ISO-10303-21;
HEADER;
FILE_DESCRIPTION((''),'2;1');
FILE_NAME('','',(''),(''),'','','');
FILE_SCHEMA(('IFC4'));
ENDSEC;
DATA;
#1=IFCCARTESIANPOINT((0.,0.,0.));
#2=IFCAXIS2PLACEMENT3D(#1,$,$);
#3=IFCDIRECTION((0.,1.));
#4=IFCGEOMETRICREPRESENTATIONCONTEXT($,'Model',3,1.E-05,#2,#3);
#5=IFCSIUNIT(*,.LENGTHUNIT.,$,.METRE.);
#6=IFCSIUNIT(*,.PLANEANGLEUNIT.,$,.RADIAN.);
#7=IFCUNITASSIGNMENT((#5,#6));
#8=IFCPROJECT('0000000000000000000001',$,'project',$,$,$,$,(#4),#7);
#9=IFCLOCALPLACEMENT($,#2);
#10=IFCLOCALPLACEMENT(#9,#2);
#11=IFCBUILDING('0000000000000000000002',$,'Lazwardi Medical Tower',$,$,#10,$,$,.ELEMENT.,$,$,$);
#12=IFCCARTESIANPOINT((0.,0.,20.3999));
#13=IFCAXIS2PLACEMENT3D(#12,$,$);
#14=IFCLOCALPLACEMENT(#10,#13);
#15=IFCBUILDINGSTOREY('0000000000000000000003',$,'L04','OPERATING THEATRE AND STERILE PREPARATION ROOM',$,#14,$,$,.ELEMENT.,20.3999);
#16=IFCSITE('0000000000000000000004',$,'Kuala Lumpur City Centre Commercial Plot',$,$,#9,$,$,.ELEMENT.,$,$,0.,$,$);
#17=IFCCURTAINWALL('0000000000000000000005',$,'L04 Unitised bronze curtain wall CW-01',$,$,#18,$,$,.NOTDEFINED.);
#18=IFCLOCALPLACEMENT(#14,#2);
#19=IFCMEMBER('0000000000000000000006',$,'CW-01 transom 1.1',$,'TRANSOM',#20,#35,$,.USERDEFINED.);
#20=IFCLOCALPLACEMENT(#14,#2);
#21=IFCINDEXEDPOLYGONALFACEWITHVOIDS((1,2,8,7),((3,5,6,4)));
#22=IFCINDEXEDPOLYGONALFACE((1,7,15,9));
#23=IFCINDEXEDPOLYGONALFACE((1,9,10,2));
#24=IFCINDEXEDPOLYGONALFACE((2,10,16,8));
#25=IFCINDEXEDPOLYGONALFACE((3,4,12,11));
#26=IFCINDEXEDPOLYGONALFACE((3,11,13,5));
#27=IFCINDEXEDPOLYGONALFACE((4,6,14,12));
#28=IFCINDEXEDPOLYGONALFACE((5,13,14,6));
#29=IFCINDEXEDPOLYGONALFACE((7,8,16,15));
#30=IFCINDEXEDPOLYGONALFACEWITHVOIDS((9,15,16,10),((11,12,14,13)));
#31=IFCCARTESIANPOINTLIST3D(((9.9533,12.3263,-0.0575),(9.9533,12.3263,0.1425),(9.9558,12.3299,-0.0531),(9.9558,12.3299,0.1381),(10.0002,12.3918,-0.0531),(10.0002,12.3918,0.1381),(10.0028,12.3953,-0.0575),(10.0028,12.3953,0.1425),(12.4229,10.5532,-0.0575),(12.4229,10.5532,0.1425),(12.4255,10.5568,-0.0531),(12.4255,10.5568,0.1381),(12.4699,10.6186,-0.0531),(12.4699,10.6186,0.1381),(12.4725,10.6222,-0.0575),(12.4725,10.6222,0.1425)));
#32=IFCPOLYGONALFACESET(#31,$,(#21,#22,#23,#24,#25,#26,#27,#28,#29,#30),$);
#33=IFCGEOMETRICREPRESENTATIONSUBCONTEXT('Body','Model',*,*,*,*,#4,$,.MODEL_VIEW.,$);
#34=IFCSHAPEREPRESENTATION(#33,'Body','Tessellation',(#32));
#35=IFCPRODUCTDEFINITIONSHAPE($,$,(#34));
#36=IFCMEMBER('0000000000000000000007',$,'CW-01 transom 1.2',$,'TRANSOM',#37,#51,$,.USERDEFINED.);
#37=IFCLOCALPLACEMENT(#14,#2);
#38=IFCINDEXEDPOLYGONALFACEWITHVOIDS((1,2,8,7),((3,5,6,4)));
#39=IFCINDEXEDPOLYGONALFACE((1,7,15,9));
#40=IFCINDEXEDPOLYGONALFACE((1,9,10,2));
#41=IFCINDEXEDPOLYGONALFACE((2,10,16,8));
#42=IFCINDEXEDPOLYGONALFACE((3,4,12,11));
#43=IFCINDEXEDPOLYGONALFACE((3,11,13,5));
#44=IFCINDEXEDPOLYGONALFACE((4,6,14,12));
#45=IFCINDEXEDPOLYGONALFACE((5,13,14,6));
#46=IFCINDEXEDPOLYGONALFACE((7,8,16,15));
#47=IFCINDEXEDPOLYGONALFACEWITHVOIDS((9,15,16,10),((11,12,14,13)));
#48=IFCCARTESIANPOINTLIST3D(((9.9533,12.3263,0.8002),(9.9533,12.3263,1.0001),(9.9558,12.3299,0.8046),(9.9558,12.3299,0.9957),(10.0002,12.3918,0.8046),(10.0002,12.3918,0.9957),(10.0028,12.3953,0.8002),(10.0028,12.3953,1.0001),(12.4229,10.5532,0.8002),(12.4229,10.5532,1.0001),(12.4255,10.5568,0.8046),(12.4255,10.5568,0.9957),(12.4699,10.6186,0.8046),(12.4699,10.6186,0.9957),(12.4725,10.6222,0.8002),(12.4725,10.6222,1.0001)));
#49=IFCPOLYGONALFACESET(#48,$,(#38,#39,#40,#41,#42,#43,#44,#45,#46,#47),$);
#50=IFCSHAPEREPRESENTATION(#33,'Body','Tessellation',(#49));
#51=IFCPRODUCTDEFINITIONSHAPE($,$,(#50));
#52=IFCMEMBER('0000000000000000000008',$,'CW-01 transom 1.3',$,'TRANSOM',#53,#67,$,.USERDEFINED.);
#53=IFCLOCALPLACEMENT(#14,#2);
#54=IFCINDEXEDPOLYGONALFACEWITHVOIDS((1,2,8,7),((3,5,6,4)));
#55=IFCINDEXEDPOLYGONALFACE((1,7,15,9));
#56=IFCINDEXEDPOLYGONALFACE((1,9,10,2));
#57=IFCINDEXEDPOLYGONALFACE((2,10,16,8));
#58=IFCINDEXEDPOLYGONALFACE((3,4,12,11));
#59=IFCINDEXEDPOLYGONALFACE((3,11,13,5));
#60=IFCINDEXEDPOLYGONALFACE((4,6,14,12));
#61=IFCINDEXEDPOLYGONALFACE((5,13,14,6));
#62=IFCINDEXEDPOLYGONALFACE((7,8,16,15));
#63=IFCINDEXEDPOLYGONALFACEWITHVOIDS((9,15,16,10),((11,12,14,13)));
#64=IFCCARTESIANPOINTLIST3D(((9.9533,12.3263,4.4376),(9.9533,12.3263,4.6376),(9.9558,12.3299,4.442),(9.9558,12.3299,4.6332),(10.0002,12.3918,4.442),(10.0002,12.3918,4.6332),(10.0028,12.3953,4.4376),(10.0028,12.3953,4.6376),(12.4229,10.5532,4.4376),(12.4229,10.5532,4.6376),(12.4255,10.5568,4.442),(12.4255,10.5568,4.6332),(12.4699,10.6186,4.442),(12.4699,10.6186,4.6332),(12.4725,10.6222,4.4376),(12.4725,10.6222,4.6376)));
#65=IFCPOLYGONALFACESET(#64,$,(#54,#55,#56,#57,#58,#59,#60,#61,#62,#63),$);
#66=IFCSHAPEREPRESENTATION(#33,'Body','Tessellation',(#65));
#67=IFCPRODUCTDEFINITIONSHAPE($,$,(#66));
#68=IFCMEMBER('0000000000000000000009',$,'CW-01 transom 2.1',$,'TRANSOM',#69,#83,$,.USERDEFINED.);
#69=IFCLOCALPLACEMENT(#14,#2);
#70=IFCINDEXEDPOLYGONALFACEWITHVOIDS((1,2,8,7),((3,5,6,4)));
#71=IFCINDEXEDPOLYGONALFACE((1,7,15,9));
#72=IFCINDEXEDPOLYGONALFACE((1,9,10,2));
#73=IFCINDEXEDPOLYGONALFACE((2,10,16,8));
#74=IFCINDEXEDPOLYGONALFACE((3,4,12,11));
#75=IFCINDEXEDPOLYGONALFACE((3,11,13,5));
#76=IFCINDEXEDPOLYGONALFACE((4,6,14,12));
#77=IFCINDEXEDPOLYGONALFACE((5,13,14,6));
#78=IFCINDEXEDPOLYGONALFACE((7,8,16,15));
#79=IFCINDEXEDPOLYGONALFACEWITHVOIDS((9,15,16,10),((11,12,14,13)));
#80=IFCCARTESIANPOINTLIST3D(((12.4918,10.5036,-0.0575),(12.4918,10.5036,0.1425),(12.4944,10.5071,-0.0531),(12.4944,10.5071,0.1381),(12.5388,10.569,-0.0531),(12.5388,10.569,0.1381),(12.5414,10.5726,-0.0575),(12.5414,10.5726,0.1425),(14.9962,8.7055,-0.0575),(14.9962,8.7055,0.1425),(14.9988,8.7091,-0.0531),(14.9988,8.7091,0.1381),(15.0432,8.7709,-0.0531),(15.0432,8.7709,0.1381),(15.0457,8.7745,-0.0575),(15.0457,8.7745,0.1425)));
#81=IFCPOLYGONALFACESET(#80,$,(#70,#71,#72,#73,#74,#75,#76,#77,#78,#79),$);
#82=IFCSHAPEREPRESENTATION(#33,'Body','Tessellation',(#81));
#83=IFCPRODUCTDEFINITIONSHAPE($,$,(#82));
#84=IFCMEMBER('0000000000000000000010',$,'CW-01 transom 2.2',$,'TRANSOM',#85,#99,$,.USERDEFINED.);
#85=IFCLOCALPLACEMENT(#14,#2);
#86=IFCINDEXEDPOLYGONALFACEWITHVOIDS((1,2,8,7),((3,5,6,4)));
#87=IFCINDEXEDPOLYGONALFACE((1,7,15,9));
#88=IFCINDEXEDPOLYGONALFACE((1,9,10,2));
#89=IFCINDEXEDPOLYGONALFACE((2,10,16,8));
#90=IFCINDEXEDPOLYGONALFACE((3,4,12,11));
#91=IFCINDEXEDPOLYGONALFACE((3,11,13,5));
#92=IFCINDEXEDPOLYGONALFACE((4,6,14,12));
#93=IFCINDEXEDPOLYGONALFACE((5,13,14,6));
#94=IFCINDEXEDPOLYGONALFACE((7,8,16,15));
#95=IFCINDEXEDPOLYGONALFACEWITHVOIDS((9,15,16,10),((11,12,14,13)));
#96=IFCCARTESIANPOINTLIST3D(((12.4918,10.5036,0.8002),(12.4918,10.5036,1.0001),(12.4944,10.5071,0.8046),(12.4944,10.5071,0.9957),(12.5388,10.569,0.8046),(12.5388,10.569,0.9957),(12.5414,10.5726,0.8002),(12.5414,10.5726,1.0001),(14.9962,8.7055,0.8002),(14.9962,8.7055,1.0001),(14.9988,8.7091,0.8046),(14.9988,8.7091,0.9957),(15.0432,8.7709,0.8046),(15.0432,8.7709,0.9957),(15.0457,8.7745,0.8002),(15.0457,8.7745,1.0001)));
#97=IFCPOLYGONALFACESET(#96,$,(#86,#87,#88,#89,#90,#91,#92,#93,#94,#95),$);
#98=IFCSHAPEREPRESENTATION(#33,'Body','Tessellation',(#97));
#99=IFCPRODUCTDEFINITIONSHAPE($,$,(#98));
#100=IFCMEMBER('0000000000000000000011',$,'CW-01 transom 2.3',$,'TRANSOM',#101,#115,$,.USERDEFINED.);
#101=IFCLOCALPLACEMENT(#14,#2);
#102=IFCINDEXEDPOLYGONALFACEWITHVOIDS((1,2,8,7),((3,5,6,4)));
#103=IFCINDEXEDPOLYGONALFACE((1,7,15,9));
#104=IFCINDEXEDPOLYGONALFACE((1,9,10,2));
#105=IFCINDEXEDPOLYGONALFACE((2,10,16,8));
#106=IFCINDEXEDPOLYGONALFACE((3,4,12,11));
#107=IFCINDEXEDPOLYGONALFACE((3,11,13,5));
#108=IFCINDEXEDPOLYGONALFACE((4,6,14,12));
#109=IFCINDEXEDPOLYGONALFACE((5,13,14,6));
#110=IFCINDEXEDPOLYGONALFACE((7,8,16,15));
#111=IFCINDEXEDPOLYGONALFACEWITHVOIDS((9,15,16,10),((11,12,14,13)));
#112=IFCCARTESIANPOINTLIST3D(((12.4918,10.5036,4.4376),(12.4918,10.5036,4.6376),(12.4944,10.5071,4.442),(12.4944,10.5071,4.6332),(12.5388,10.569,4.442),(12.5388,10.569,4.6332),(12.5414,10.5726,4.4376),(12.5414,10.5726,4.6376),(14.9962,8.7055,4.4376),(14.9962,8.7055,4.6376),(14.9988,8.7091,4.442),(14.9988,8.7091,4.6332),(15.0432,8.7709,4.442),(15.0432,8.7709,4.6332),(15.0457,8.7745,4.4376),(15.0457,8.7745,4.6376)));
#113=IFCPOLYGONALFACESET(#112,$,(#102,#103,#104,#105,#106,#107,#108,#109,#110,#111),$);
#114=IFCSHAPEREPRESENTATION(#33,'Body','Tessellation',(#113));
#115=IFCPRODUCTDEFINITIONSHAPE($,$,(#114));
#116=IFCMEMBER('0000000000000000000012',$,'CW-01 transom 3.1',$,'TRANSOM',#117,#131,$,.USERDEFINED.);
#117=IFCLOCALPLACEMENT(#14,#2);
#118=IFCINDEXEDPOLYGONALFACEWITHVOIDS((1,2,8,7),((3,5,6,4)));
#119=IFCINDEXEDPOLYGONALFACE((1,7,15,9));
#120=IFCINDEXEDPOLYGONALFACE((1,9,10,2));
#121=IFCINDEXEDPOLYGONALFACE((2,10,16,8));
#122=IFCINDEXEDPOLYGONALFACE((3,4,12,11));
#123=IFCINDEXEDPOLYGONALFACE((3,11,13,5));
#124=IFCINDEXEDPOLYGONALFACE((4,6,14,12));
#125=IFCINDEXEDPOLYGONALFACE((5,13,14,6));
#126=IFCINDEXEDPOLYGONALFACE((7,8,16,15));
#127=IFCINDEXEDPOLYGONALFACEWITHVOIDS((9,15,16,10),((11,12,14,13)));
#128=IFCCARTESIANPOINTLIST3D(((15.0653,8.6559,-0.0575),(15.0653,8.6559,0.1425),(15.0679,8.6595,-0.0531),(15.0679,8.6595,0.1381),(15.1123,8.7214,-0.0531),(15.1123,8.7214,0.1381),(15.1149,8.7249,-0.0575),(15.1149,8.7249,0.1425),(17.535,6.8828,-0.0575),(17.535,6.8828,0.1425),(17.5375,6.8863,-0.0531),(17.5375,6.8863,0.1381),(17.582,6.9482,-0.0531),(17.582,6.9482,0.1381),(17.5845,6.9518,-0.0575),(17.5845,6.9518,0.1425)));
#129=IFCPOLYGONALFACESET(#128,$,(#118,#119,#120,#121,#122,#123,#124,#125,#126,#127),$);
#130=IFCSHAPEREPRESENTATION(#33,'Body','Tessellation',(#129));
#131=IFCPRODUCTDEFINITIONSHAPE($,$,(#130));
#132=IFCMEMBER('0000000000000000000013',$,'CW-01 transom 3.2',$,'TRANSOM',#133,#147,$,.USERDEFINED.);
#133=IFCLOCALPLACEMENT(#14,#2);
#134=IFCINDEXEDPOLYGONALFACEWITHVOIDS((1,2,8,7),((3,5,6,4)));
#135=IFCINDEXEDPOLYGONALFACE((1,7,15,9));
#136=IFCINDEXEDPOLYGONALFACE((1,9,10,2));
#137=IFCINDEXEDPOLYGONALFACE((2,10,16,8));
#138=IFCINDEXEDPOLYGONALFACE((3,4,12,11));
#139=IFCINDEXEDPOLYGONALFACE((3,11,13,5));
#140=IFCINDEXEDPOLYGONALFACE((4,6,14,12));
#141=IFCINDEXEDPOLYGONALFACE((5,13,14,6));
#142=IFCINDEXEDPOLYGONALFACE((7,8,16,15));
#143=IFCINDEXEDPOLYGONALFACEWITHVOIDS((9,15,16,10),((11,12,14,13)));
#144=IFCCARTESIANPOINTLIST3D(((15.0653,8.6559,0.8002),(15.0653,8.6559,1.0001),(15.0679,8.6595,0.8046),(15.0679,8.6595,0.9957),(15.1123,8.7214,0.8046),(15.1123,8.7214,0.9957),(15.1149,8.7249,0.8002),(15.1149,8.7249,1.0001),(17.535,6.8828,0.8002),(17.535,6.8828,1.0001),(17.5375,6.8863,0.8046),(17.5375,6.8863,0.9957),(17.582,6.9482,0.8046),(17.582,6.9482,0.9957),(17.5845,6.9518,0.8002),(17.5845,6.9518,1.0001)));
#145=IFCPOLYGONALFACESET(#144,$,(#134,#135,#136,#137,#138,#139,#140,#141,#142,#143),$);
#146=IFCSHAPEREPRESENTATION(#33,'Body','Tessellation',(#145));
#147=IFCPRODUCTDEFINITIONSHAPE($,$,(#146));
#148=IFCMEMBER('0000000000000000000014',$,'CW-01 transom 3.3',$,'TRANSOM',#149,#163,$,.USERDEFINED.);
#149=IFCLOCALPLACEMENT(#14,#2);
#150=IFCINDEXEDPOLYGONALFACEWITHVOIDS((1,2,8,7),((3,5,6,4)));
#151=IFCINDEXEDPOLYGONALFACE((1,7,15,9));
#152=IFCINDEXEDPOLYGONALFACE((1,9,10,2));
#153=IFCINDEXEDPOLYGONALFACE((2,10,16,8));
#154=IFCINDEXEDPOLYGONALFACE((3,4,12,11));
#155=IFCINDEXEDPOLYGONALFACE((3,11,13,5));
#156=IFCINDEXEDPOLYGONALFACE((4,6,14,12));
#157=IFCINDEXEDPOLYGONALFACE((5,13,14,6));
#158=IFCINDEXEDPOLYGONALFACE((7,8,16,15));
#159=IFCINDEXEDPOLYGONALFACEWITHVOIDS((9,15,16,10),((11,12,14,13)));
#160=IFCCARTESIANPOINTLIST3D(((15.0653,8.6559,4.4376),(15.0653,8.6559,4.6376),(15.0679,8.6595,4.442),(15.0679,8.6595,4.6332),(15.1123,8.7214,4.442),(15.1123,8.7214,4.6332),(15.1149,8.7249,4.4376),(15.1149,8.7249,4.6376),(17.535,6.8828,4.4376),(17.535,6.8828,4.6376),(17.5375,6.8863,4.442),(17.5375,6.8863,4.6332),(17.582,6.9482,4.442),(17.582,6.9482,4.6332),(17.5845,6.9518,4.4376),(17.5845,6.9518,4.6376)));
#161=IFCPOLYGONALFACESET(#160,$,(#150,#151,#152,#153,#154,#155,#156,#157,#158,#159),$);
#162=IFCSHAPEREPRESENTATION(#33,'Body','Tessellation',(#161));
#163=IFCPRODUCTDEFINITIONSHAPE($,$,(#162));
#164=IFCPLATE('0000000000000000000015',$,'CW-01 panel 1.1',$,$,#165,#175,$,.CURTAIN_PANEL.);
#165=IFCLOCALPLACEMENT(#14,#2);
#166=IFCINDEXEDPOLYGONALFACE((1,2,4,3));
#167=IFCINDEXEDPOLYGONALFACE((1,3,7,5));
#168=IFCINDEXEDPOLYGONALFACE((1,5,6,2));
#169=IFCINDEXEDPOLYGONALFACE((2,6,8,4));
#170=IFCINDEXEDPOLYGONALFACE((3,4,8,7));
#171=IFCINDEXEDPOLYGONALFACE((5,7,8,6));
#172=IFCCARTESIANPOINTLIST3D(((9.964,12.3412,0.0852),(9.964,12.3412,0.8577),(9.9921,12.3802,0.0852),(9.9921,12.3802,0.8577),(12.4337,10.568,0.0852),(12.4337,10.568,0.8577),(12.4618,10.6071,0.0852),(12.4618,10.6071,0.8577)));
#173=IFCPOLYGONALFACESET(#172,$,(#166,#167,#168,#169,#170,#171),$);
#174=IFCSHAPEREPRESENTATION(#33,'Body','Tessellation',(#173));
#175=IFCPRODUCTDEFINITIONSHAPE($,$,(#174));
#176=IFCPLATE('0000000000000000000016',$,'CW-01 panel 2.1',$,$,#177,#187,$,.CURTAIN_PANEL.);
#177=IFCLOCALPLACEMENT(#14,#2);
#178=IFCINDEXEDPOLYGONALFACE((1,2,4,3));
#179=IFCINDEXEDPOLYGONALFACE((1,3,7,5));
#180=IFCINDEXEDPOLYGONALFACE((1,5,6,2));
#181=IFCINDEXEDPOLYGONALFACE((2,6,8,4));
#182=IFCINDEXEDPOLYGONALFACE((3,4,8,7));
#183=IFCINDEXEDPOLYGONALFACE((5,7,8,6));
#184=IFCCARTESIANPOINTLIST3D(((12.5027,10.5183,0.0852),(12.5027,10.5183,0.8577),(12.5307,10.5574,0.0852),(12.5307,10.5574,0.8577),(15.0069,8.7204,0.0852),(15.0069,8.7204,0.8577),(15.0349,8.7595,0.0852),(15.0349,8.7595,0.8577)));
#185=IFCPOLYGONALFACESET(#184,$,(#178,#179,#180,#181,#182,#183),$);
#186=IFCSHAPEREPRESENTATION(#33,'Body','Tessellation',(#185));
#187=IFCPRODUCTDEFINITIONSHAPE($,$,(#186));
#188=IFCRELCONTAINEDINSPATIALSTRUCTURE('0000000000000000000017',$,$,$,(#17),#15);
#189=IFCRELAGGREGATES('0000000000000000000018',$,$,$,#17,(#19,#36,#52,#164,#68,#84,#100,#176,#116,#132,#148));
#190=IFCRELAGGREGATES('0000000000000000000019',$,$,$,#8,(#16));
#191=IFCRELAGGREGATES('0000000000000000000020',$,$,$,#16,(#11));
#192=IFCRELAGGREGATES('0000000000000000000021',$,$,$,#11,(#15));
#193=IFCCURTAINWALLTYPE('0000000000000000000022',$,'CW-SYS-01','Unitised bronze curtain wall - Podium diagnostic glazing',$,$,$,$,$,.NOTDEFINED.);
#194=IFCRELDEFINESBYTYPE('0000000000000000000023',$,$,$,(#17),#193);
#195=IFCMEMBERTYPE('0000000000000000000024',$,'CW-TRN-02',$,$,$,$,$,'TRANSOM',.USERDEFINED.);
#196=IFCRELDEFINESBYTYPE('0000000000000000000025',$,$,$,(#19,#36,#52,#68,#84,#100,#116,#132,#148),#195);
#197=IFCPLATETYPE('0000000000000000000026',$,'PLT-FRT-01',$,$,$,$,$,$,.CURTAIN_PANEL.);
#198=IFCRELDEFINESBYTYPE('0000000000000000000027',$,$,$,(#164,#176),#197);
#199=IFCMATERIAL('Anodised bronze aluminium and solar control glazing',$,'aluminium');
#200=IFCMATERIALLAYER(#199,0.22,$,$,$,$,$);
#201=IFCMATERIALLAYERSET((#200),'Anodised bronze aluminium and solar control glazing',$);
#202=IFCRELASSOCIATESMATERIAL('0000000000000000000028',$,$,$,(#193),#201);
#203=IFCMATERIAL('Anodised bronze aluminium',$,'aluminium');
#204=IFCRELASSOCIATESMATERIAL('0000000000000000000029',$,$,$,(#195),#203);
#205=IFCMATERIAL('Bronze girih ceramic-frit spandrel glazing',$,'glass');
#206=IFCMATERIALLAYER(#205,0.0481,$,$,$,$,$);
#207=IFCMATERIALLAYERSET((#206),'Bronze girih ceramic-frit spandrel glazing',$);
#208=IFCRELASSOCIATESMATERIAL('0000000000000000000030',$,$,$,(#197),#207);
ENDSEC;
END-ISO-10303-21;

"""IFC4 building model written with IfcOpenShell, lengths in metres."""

from ifc_helpers import new_model, si_unit, direction, frame, origin, origin_2d, place, context, subcontext, project, spatial, rectangle, hollow_rectangle, extrude, material, layer, layer_set, material_profile, profile_set, type_object, element, aggregate, save


model = new_model("IFC4")

# Units and contexts
model_context = context("Model", 3, precision=1e-05, world=origin(), true_north=direction((0.0, 1.0)))
body_context = subcontext(model_context, "Body", "Model", "MODEL_VIEW")
ifc_project = project(units=[si_unit("LENGTHUNIT", "METRE"), si_unit("PLANEANGLEUNIT", "RADIAN")], contexts=[model_context])

# Site, building, storey
site_placement = place(None, origin())
site = spatial("IfcSite", under=ifc_project, at=site_placement, Name="Kuala Lumpur City Centre Commercial Plot", CompositionType="ELEMENT", RefElevation=0.0)
building_placement = place(site_placement, origin())
building = spatial("IfcBuilding", under=site, at=building_placement, Name="Lazwardi Medical Tower", CompositionType="ELEMENT")
storey_placement = place(building_placement, frame((0.0, 0.0, 20.3999)))
storey = spatial("IfcBuildingStorey", under=building, at=storey_placement, Name="L04", Description="OPERATING THEATRE AND STERILE PREPARATION ROOM", CompositionType="ELEMENT", Elevation=20.3999)

# Shared definitions
ifc_material_1 = material(Name="Anodised bronze aluminium and solar control glazing", Category="aluminium")
ifc_layer_1 = layer(ifc_material_1, 0.22)
ifc_layer_set_1 = layer_set([ifc_layer_1], Name="Anodised bronze aluminium and solar control glazing")
curtain_wall_type = type_object("IfcCurtainWallType", Name="CW-SYS-01", Description="Unitised bronze curtain wall - Podium diagnostic glazing", PredefinedType="NOTDEFINED", material=ifc_layer_set_1)
ifc_material_2 = material(Name="Anodised bronze aluminium", Category="aluminium")

# Curtain wall, members, plates
curtain_wall_1_placement = place(storey_placement, origin())
curtain_wall_1 = element("IfcCurtainWall", 1, at=curtain_wall_1_placement, inside=storey, type_object=curtain_wall_type, Name="L04 Unitised bronze curtain wall CW-01", PredefinedType="NOTDEFINED")
ifc_material_profile_1 = material_profile(ifc_material_2, hollow_rectangle(XDim=0.085, YDim=0.2, WallThickness=0.0044, at=origin_2d()), Name="ALU-TRANSOM 200x85x4.5")
ifc_profile_set_1 = profile_set([ifc_material_profile_1], Name="Anodised bronze aluminium")
member_type_1 = type_object("IfcMemberType", Name="CW-TRN-02", ElementType="TRANSOM", PredefinedType="USERDEFINED", material=ifc_profile_set_1)
member_1_placement = place(storey_placement, frame((9.978, 12.3608, 0.0425), z_axis=(0.812315, -0.583219, 0.0), x_axis=(0.583219, 0.812315, 0.0)))
member_1 = element("IfcMember", 2, at=member_1_placement, type_object=member_type_1, Name="CW-01 transom 1.1", ObjectType="TRANSOM", PredefinedType="USERDEFINED", context=body_context, shape_type="SweptSolid", body=[
    extrude(hollow_rectangle(XDim=0.085, YDim=0.2, WallThickness=0.0044, at=origin_2d()), origin(), (0.0, 0.0, 1.0), 3.0403),
])
member_2_placement = place(storey_placement, frame((9.978, 12.3608, 0.9001), z_axis=(0.812315, -0.583219, 0.0), x_axis=(0.583219, 0.812315, 0.0)))
member_2 = element("IfcMember", 3, at=member_2_placement, type_object=member_type_1, Name="CW-01 transom 1.2", ObjectType="TRANSOM", PredefinedType="USERDEFINED", context=body_context, shape_type="SweptSolid", body=[
    extrude(hollow_rectangle(XDim=0.085, YDim=0.2, WallThickness=0.0044, at=origin_2d()), origin(), (0.0, 0.0, 1.0), 3.0403),
])
member_3_placement = place(storey_placement, frame((9.978, 12.3608, 4.5376), z_axis=(0.812315, -0.583219, 0.0), x_axis=(0.583219, 0.812315, 0.0)))
member_3 = element("IfcMember", 4, at=member_3_placement, type_object=member_type_1, Name="CW-01 transom 1.3", ObjectType="TRANSOM", PredefinedType="USERDEFINED", context=body_context, shape_type="SweptSolid", body=[
    extrude(hollow_rectangle(XDim=0.085, YDim=0.2, WallThickness=0.0044, at=origin_2d()), origin(), (0.0, 0.0, 1.0), 3.0403),
])
member_4_placement = place(storey_placement, frame((12.5166, 10.5381, 0.0425), z_axis=(0.812313, -0.583222, 0.0), x_axis=(0.583222, 0.812313, 0.0)))
member_4 = element("IfcMember", 5, at=member_4_placement, type_object=member_type_1, Name="CW-01 transom 2.1", ObjectType="TRANSOM", PredefinedType="USERDEFINED", context=body_context, shape_type="SweptSolid", body=[
    extrude(hollow_rectangle(XDim=0.085, YDim=0.2, WallThickness=0.0044, at=origin_2d()), origin(), (0.0, 0.0, 1.0), 3.083),
])
member_5_placement = place(storey_placement, frame((12.5166, 10.5381, 0.9001), z_axis=(0.812313, -0.583222, 0.0), x_axis=(0.583222, 0.812313, 0.0)))
member_5 = element("IfcMember", 6, at=member_5_placement, type_object=member_type_1, Name="CW-01 transom 2.2", ObjectType="TRANSOM", PredefinedType="USERDEFINED", context=body_context, shape_type="SweptSolid", body=[
    extrude(hollow_rectangle(XDim=0.085, YDim=0.2, WallThickness=0.0044, at=origin_2d()), origin(), (0.0, 0.0, 1.0), 3.083),
])
member_6_placement = place(storey_placement, frame((12.5166, 10.5381, 4.5376), z_axis=(0.812313, -0.583222, 0.0), x_axis=(0.583222, 0.812313, 0.0)))
member_6 = element("IfcMember", 7, at=member_6_placement, type_object=member_type_1, Name="CW-01 transom 2.3", ObjectType="TRANSOM", PredefinedType="USERDEFINED", context=body_context, shape_type="SweptSolid", body=[
    extrude(hollow_rectangle(XDim=0.085, YDim=0.2, WallThickness=0.0044, at=origin_2d()), origin(), (0.0, 0.0, 1.0), 3.083),
])
member_7_placement = place(storey_placement, frame((15.0901, 8.6904, 0.0425), z_axis=(0.812315, -0.583219, 0.0), x_axis=(0.583219, 0.812315, 0.0)))
member_7 = element("IfcMember", 8, at=member_7_placement, type_object=member_type_1, Name="CW-01 transom 3.1", ObjectType="TRANSOM", PredefinedType="USERDEFINED", context=body_context, shape_type="SweptSolid", body=[
    extrude(hollow_rectangle(XDim=0.085, YDim=0.2, WallThickness=0.0044, at=origin_2d()), origin(), (0.0, 0.0, 1.0), 3.0403),
])
member_8_placement = place(storey_placement, frame((15.0901, 8.6904, 0.9001), z_axis=(0.812315, -0.583219, 0.0), x_axis=(0.583219, 0.812315, 0.0)))
member_8 = element("IfcMember", 9, at=member_8_placement, type_object=member_type_1, Name="CW-01 transom 3.2", ObjectType="TRANSOM", PredefinedType="USERDEFINED", context=body_context, shape_type="SweptSolid", body=[
    extrude(hollow_rectangle(XDim=0.085, YDim=0.2, WallThickness=0.0044, at=origin_2d()), origin(), (0.0, 0.0, 1.0), 3.0403),
])
member_9_placement = place(storey_placement, frame((15.0901, 8.6904, 4.5376), z_axis=(0.812315, -0.583219, 0.0), x_axis=(0.583219, 0.812315, 0.0)))
member_9 = element("IfcMember", 10, at=member_9_placement, type_object=member_type_1, Name="CW-01 transom 3.3", ObjectType="TRANSOM", PredefinedType="USERDEFINED", context=body_context, shape_type="SweptSolid", body=[
    extrude(hollow_rectangle(XDim=0.085, YDim=0.2, WallThickness=0.0044, at=origin_2d()), origin(), (0.0, 0.0, 1.0), 3.0403),
])
ifc_material_3 = material(Name="Bronze girih ceramic-frit spandrel glazing", Category="glass")
ifc_layer_2 = layer(ifc_material_3, 0.0481)
ifc_layer_set_2 = layer_set([ifc_layer_2], Name="Bronze girih ceramic-frit spandrel glazing")
plate_type_1 = type_object("IfcPlateType", Name="PLT-FRT-01", PredefinedType="CURTAIN_PANEL", material=ifc_layer_set_2)
plate_1_placement = place(storey_placement, frame((11.2129, 11.4741, 0.0852), z_axis=(0.0, 0.0, 1.0), x_axis=(0.812318, -0.583214, 0.0)))
plate_1 = element("IfcPlate", 11, at=plate_1_placement, type_object=plate_type_1, Name="CW-01 panel 1.1", PredefinedType="CURTAIN_PANEL", context=body_context, shape_type="SweptSolid", body=[
    extrude(rectangle(XDim=3.0403, YDim=0.0481, at=origin_2d()), origin(), (0.0, 0.0, 1.0), 0.7725),
])
plate_2_placement = place(storey_placement, frame((13.7688, 9.6389, 0.0852), z_axis=(0.0, 0.0, 1.0), x_axis=(0.812318, -0.583214, 0.0)))
plate_2 = element("IfcPlate", 12, at=plate_2_placement, type_object=plate_type_1, Name="CW-01 panel 2.1", PredefinedType="CURTAIN_PANEL", context=body_context, shape_type="SweptSolid", body=[
    extrude(rectangle(XDim=3.0828, YDim=0.0481, at=origin_2d()), origin(), (0.0, 0.0, 1.0), 0.7725),
])
aggregate(curtain_wall_1, [member_1, member_2, member_3, plate_1, member_4, member_5, member_6, plate_2, member_7, member_8, member_9])

save(model, "model.ifc")
